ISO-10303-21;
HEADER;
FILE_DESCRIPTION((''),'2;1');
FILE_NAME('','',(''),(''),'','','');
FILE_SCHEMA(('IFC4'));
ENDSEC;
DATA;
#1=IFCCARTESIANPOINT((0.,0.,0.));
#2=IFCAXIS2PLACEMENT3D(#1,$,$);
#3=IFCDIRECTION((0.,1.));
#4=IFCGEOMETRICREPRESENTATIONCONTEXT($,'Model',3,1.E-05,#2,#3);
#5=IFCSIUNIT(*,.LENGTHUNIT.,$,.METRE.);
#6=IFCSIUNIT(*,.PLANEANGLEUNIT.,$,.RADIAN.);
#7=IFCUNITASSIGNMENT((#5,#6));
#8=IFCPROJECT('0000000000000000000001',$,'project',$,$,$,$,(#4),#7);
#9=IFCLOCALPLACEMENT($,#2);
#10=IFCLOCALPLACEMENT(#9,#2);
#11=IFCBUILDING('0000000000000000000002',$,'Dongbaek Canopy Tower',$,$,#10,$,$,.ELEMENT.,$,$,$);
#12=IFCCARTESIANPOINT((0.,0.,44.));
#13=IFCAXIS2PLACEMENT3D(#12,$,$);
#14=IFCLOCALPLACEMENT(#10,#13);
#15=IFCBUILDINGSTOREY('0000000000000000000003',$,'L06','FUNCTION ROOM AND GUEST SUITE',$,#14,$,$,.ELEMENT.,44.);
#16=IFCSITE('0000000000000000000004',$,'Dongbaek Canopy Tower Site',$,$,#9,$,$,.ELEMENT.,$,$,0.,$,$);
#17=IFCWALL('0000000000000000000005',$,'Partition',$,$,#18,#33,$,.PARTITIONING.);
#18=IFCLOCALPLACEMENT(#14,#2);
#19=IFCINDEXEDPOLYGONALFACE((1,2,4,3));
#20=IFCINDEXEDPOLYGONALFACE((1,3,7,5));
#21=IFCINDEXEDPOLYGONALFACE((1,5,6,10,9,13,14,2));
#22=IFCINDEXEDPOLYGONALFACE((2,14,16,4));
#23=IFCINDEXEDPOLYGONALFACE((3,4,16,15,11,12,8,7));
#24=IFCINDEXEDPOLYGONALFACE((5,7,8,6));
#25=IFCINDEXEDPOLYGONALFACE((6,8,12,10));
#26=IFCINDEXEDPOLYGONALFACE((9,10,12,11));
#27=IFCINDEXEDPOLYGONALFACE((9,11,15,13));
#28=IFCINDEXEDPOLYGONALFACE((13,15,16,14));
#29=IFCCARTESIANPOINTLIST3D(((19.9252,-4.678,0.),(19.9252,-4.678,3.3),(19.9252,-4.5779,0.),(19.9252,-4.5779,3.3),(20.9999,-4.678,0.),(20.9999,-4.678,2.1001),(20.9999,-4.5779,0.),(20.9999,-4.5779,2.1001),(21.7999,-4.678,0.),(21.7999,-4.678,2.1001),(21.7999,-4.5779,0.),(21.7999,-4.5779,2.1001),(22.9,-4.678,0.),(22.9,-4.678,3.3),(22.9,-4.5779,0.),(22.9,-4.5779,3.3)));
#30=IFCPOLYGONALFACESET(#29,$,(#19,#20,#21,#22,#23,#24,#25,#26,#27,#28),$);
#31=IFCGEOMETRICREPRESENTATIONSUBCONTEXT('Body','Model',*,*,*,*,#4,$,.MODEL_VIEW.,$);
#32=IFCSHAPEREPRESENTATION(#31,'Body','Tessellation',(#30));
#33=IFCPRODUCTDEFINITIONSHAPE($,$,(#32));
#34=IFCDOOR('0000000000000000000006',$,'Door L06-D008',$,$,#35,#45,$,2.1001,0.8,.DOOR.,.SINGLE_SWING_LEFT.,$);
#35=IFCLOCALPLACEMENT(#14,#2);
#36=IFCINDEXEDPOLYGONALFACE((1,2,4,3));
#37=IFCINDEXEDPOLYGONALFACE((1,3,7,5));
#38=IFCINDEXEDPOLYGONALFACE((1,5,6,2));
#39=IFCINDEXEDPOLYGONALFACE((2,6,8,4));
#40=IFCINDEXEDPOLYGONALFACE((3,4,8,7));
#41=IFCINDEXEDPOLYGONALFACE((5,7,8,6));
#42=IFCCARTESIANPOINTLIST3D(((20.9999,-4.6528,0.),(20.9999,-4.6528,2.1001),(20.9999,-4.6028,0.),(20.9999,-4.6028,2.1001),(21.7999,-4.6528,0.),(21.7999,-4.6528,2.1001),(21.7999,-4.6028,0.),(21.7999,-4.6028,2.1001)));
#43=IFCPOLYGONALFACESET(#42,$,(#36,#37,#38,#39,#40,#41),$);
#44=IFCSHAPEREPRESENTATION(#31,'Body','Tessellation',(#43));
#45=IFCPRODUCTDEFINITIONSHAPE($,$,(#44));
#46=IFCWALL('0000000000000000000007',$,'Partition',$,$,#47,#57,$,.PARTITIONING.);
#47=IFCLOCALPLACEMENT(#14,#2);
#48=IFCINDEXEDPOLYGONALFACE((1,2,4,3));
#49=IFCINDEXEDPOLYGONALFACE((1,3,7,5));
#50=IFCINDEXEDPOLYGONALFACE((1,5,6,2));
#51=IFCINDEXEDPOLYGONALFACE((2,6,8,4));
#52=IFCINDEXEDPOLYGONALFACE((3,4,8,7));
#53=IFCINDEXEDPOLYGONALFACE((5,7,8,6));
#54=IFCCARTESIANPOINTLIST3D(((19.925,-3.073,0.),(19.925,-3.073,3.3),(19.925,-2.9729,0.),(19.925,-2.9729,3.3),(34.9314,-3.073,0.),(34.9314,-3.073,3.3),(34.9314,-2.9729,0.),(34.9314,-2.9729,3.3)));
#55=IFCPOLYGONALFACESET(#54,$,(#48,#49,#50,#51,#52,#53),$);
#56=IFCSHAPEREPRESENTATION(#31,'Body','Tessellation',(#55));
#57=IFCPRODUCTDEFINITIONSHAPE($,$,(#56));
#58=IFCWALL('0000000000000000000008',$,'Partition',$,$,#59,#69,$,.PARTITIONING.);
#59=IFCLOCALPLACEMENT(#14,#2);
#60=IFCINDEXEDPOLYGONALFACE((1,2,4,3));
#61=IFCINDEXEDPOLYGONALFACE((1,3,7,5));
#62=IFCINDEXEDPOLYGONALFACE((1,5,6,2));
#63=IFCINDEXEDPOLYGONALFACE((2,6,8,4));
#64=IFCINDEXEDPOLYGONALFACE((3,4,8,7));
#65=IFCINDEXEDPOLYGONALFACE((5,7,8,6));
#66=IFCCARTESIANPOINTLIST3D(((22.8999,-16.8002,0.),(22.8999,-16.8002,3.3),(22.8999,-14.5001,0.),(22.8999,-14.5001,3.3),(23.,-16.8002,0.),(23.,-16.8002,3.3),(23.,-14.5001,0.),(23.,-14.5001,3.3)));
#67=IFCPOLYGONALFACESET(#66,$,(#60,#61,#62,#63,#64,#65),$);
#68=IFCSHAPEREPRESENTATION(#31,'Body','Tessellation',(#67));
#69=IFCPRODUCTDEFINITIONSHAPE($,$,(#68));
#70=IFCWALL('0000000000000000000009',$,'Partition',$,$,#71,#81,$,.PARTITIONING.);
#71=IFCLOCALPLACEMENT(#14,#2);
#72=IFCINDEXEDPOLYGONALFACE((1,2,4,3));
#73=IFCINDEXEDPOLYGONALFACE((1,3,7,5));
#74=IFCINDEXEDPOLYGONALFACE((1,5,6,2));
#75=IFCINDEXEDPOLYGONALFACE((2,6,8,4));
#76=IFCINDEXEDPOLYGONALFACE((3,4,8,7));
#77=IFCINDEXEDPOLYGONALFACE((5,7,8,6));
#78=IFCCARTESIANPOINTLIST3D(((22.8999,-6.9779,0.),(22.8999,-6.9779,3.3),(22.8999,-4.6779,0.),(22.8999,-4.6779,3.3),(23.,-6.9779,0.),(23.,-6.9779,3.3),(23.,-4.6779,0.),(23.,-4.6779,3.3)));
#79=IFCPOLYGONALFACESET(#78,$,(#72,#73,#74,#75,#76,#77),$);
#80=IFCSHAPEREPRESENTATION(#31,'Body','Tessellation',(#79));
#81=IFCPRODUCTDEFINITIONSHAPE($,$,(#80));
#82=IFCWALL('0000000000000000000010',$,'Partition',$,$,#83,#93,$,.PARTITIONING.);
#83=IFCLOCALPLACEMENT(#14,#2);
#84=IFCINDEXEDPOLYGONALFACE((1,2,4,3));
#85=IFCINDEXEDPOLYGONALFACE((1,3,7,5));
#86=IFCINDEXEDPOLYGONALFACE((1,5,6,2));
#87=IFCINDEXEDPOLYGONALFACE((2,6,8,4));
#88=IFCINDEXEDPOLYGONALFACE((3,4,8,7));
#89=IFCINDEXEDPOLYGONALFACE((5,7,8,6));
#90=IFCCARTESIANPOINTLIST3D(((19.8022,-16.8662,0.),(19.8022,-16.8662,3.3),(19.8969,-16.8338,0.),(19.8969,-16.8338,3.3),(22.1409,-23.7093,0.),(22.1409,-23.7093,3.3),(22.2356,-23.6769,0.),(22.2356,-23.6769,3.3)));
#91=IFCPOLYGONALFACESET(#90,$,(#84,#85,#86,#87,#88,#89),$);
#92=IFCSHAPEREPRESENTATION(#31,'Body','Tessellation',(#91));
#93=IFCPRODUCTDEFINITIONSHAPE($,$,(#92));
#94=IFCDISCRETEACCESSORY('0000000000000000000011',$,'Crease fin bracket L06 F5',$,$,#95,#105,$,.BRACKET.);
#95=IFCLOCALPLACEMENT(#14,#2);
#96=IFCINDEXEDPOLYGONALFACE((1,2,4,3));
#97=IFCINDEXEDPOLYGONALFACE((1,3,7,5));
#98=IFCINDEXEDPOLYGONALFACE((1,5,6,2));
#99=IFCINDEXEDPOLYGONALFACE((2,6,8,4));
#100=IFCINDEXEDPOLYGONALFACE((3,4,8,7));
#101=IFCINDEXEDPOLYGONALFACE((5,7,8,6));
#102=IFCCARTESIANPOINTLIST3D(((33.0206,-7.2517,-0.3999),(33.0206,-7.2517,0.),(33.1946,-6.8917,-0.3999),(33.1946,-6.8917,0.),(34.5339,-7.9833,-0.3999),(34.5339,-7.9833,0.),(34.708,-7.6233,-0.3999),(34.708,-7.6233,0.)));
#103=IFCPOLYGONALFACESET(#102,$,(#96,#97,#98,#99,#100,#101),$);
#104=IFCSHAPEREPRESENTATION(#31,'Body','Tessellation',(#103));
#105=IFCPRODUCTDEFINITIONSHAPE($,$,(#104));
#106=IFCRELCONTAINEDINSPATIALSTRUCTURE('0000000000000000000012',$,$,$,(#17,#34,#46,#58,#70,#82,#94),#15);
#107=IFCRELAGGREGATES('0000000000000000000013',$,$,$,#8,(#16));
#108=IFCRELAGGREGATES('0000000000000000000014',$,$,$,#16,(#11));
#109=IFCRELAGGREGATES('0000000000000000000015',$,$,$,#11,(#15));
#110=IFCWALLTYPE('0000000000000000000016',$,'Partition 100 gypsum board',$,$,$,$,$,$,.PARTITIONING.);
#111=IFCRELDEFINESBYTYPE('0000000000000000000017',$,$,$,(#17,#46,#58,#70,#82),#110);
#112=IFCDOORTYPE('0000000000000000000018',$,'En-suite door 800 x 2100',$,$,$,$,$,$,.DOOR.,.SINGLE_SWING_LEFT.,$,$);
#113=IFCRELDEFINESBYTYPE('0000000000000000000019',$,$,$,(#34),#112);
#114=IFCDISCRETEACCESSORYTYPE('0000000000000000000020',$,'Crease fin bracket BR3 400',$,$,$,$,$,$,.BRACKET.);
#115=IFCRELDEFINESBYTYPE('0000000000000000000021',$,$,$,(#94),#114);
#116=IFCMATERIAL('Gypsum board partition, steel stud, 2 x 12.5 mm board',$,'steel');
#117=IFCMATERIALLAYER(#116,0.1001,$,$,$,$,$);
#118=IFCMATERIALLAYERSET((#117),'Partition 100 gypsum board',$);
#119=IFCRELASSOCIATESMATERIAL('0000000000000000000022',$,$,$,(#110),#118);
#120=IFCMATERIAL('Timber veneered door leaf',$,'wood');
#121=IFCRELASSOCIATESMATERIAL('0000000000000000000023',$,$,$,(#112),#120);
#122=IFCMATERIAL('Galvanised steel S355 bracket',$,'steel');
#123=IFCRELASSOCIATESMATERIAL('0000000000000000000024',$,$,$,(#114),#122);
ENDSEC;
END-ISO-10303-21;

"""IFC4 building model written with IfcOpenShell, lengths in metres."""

from ifc_helpers import new_model, si_unit, direction, frame, frame_2d, origin, origin_2d, place, context, subcontext, project, spatial, rectangle, extrude, material, layer, layer_set, type_object, element, fill, save


model = new_model("IFC4")

# Units and contexts
model_context = context("Model", 3, precision=1e-05, world=origin(), true_north=direction((0.0, 1.0)))
body_context = subcontext(model_context, "Body", "Model", "MODEL_VIEW")
ifc_project = project(units=[si_unit("LENGTHUNIT", "METRE"), si_unit("PLANEANGLEUNIT", "RADIAN")], contexts=[model_context])

# Site, building, storey
site_placement = place(None, origin())
site = spatial("IfcSite", under=ifc_project, at=site_placement, Name="Dongbaek Canopy Tower Site", CompositionType="ELEMENT", RefElevation=0.0)
building_placement = place(site_placement, origin())
building = spatial("IfcBuilding", under=site, at=building_placement, Name="Dongbaek Canopy Tower", CompositionType="ELEMENT")
storey_placement = place(building_placement, frame((0.0, 0.0, 44.0)))
storey = spatial("IfcBuildingStorey", under=building, at=storey_placement, Name="L06", Description="FUNCTION ROOM AND GUEST SUITE", CompositionType="ELEMENT", Elevation=44.0)

# Shared definitions
ifc_material_1 = material(Name="Gypsum board partition, steel stud, 2 x 12.5 mm board", Category="steel")
ifc_layer_1 = layer(ifc_material_1, 0.1001)
ifc_layer_set_1 = layer_set([ifc_layer_1], Name="Partition 100 gypsum board")
wall_type_1 = type_object("IfcWallType", Name="Partition 100 gypsum board", PredefinedType="PARTITIONING", material=ifc_layer_set_1)
ifc_material_2 = material(Name="Timber veneered door leaf", Category="wood")
door_type_1 = type_object("IfcDoorType", Name="En-suite door 800 x 2100", OperationType="SINGLE_SWING_LEFT", PredefinedType="DOOR", material=ifc_material_2)

# Wall, opening, door
wall_1_placement = place(storey_placement, frame((22.8999, -4.6279, 0.0), z_axis=(0.0, 0.0, 1.0), x_axis=(-1.0, 0.0, 0.0)))
wall_1 = element("IfcWall", 1, at=wall_1_placement, inside=storey, type_object=wall_type_1, Name="Partition", PredefinedType="PARTITIONING", context=body_context, shape_type="SweptSolid", body=[
    extrude(rectangle(XDim=2.9749, YDim=0.1001, at=frame_2d((1.4873, 0.0))), origin(), (0.0, 0.0, 1.0), 3.3),
])
opening_1_placement = place(wall_1_placement, frame((1.1001, 0.0, 0.0)))
opening_1 = element("IfcOpeningElement", 2, at=opening_1_placement, cuts=wall_1, PredefinedType="OPENING", context=body_context, shape_type="SweptSolid", body=[
    extrude(rectangle(XDim=0.8, YDim=2.1001, at=frame_2d((0.3999, 1.05))), frame((0.0, 0.0601, 0.0), z_axis=(0.0, -1.0, 0.0), x_axis=(1.0, 0.0, 0.0)), (0.0, 0.0, 1.0), 0.1201),
])
door_1_placement = place(opening_1_placement, origin())
door_1 = element("IfcDoor", 3, at=door_1_placement, inside=storey, type_object=door_type_1, Name="Door L06-D008", OperationType="SINGLE_SWING_LEFT", OverallHeight=2.1001, OverallWidth=0.8, PredefinedType="DOOR", context=body_context, shape_type="SweptSolid", body=[
    extrude(rectangle(XDim=0.8, YDim=2.1001, at=frame_2d((0.3999, 1.05))), frame((0.0, 0.0249, 0.0), z_axis=(0.0, -1.0, 0.0), x_axis=(1.0, 0.0, 0.0)), (0.0, 0.0, 1.0), 0.05),
])
fill(opening_1, door_1)

# Walls
wall_2_placement = place(storey_placement, frame((19.925, -3.0229, 0.0), z_axis=(0.0, 0.0, 1.0), x_axis=(1.0, 0.0, 0.0)))
element("IfcWall", 4, at=wall_2_placement, inside=storey, type_object=wall_type_1, Name="Partition", PredefinedType="PARTITIONING", context=body_context, shape_type="SweptSolid", body=[
    extrude(rectangle(XDim=15.0063, YDim=0.1001, at=frame_2d((7.5032, 0.0))), origin(), (0.0, 0.0, 1.0), 3.3),
])
for number, where, z_axis, x_axis, name in (
    (5, (22.95, -16.8, 0.0), (0.0, 0.0, 1.0), (0.0, 1.0, 0.0), "Partition"),
    (6, (22.95, -6.9778, 0.0), (0.0, 0.0, 1.0), (0.0, 1.0, 0.0), "Partition"),
):
    element("IfcWall", number, at=place(storey_placement, frame(where, z_axis=z_axis, x_axis=x_axis)), inside=storey, type_object=wall_type_1, Name=name, PredefinedType="PARTITIONING", context=body_context, shape_type="SweptSolid", body=[
        extrude(rectangle(XDim=2.3, YDim=0.1001, at=frame_2d((1.1499, 0.0))), origin(), (0.0, 0.0, 1.0), 3.3),
    ])
wall_3_placement = place(storey_placement, frame((19.8496, -16.8501, 0.0), z_axis=(0.0, 0.0, 1.0), x_axis=(0.323389, -0.946266, 0.0)))
element("IfcWall", 7, at=wall_3_placement, inside=storey, type_object=wall_type_1, Name="Partition", PredefinedType="PARTITIONING", context=body_context, shape_type="SweptSolid", body=[
    extrude(rectangle(XDim=7.2317, YDim=0.1001, at=frame_2d((3.6157, 0.0))), origin(), (0.0, 0.0, 1.0), 3.3),
])

# Discrete accessory
ifc_material_3 = material(Name="Galvanised steel S355 bracket", Category="steel")
discrete_accessory_type = type_object("IfcDiscreteAccessoryType", Name="Crease fin bracket BR3 400", PredefinedType="BRACKET", material=ifc_material_3)
discrete_accessory_placement = place(storey_placement, frame((33.8643, -7.4375, -0.3999), z_axis=(0.0, 0.0, 1.0), x_axis=(0.900312, -0.435245, 0.0)))
element("IfcDiscreteAccessory", 8, at=discrete_accessory_placement, inside=storey, type_object=discrete_accessory_type, Name="Crease fin bracket L06 F5", PredefinedType="BRACKET", context=body_context, shape_type="SweptSolid", body=[
    extrude(rectangle(XDim=1.6809, YDim=0.3999, at=origin_2d()), origin(), (0.0, 0.0, 1.0), 0.3999),
])

save(model, "model.ifc")
